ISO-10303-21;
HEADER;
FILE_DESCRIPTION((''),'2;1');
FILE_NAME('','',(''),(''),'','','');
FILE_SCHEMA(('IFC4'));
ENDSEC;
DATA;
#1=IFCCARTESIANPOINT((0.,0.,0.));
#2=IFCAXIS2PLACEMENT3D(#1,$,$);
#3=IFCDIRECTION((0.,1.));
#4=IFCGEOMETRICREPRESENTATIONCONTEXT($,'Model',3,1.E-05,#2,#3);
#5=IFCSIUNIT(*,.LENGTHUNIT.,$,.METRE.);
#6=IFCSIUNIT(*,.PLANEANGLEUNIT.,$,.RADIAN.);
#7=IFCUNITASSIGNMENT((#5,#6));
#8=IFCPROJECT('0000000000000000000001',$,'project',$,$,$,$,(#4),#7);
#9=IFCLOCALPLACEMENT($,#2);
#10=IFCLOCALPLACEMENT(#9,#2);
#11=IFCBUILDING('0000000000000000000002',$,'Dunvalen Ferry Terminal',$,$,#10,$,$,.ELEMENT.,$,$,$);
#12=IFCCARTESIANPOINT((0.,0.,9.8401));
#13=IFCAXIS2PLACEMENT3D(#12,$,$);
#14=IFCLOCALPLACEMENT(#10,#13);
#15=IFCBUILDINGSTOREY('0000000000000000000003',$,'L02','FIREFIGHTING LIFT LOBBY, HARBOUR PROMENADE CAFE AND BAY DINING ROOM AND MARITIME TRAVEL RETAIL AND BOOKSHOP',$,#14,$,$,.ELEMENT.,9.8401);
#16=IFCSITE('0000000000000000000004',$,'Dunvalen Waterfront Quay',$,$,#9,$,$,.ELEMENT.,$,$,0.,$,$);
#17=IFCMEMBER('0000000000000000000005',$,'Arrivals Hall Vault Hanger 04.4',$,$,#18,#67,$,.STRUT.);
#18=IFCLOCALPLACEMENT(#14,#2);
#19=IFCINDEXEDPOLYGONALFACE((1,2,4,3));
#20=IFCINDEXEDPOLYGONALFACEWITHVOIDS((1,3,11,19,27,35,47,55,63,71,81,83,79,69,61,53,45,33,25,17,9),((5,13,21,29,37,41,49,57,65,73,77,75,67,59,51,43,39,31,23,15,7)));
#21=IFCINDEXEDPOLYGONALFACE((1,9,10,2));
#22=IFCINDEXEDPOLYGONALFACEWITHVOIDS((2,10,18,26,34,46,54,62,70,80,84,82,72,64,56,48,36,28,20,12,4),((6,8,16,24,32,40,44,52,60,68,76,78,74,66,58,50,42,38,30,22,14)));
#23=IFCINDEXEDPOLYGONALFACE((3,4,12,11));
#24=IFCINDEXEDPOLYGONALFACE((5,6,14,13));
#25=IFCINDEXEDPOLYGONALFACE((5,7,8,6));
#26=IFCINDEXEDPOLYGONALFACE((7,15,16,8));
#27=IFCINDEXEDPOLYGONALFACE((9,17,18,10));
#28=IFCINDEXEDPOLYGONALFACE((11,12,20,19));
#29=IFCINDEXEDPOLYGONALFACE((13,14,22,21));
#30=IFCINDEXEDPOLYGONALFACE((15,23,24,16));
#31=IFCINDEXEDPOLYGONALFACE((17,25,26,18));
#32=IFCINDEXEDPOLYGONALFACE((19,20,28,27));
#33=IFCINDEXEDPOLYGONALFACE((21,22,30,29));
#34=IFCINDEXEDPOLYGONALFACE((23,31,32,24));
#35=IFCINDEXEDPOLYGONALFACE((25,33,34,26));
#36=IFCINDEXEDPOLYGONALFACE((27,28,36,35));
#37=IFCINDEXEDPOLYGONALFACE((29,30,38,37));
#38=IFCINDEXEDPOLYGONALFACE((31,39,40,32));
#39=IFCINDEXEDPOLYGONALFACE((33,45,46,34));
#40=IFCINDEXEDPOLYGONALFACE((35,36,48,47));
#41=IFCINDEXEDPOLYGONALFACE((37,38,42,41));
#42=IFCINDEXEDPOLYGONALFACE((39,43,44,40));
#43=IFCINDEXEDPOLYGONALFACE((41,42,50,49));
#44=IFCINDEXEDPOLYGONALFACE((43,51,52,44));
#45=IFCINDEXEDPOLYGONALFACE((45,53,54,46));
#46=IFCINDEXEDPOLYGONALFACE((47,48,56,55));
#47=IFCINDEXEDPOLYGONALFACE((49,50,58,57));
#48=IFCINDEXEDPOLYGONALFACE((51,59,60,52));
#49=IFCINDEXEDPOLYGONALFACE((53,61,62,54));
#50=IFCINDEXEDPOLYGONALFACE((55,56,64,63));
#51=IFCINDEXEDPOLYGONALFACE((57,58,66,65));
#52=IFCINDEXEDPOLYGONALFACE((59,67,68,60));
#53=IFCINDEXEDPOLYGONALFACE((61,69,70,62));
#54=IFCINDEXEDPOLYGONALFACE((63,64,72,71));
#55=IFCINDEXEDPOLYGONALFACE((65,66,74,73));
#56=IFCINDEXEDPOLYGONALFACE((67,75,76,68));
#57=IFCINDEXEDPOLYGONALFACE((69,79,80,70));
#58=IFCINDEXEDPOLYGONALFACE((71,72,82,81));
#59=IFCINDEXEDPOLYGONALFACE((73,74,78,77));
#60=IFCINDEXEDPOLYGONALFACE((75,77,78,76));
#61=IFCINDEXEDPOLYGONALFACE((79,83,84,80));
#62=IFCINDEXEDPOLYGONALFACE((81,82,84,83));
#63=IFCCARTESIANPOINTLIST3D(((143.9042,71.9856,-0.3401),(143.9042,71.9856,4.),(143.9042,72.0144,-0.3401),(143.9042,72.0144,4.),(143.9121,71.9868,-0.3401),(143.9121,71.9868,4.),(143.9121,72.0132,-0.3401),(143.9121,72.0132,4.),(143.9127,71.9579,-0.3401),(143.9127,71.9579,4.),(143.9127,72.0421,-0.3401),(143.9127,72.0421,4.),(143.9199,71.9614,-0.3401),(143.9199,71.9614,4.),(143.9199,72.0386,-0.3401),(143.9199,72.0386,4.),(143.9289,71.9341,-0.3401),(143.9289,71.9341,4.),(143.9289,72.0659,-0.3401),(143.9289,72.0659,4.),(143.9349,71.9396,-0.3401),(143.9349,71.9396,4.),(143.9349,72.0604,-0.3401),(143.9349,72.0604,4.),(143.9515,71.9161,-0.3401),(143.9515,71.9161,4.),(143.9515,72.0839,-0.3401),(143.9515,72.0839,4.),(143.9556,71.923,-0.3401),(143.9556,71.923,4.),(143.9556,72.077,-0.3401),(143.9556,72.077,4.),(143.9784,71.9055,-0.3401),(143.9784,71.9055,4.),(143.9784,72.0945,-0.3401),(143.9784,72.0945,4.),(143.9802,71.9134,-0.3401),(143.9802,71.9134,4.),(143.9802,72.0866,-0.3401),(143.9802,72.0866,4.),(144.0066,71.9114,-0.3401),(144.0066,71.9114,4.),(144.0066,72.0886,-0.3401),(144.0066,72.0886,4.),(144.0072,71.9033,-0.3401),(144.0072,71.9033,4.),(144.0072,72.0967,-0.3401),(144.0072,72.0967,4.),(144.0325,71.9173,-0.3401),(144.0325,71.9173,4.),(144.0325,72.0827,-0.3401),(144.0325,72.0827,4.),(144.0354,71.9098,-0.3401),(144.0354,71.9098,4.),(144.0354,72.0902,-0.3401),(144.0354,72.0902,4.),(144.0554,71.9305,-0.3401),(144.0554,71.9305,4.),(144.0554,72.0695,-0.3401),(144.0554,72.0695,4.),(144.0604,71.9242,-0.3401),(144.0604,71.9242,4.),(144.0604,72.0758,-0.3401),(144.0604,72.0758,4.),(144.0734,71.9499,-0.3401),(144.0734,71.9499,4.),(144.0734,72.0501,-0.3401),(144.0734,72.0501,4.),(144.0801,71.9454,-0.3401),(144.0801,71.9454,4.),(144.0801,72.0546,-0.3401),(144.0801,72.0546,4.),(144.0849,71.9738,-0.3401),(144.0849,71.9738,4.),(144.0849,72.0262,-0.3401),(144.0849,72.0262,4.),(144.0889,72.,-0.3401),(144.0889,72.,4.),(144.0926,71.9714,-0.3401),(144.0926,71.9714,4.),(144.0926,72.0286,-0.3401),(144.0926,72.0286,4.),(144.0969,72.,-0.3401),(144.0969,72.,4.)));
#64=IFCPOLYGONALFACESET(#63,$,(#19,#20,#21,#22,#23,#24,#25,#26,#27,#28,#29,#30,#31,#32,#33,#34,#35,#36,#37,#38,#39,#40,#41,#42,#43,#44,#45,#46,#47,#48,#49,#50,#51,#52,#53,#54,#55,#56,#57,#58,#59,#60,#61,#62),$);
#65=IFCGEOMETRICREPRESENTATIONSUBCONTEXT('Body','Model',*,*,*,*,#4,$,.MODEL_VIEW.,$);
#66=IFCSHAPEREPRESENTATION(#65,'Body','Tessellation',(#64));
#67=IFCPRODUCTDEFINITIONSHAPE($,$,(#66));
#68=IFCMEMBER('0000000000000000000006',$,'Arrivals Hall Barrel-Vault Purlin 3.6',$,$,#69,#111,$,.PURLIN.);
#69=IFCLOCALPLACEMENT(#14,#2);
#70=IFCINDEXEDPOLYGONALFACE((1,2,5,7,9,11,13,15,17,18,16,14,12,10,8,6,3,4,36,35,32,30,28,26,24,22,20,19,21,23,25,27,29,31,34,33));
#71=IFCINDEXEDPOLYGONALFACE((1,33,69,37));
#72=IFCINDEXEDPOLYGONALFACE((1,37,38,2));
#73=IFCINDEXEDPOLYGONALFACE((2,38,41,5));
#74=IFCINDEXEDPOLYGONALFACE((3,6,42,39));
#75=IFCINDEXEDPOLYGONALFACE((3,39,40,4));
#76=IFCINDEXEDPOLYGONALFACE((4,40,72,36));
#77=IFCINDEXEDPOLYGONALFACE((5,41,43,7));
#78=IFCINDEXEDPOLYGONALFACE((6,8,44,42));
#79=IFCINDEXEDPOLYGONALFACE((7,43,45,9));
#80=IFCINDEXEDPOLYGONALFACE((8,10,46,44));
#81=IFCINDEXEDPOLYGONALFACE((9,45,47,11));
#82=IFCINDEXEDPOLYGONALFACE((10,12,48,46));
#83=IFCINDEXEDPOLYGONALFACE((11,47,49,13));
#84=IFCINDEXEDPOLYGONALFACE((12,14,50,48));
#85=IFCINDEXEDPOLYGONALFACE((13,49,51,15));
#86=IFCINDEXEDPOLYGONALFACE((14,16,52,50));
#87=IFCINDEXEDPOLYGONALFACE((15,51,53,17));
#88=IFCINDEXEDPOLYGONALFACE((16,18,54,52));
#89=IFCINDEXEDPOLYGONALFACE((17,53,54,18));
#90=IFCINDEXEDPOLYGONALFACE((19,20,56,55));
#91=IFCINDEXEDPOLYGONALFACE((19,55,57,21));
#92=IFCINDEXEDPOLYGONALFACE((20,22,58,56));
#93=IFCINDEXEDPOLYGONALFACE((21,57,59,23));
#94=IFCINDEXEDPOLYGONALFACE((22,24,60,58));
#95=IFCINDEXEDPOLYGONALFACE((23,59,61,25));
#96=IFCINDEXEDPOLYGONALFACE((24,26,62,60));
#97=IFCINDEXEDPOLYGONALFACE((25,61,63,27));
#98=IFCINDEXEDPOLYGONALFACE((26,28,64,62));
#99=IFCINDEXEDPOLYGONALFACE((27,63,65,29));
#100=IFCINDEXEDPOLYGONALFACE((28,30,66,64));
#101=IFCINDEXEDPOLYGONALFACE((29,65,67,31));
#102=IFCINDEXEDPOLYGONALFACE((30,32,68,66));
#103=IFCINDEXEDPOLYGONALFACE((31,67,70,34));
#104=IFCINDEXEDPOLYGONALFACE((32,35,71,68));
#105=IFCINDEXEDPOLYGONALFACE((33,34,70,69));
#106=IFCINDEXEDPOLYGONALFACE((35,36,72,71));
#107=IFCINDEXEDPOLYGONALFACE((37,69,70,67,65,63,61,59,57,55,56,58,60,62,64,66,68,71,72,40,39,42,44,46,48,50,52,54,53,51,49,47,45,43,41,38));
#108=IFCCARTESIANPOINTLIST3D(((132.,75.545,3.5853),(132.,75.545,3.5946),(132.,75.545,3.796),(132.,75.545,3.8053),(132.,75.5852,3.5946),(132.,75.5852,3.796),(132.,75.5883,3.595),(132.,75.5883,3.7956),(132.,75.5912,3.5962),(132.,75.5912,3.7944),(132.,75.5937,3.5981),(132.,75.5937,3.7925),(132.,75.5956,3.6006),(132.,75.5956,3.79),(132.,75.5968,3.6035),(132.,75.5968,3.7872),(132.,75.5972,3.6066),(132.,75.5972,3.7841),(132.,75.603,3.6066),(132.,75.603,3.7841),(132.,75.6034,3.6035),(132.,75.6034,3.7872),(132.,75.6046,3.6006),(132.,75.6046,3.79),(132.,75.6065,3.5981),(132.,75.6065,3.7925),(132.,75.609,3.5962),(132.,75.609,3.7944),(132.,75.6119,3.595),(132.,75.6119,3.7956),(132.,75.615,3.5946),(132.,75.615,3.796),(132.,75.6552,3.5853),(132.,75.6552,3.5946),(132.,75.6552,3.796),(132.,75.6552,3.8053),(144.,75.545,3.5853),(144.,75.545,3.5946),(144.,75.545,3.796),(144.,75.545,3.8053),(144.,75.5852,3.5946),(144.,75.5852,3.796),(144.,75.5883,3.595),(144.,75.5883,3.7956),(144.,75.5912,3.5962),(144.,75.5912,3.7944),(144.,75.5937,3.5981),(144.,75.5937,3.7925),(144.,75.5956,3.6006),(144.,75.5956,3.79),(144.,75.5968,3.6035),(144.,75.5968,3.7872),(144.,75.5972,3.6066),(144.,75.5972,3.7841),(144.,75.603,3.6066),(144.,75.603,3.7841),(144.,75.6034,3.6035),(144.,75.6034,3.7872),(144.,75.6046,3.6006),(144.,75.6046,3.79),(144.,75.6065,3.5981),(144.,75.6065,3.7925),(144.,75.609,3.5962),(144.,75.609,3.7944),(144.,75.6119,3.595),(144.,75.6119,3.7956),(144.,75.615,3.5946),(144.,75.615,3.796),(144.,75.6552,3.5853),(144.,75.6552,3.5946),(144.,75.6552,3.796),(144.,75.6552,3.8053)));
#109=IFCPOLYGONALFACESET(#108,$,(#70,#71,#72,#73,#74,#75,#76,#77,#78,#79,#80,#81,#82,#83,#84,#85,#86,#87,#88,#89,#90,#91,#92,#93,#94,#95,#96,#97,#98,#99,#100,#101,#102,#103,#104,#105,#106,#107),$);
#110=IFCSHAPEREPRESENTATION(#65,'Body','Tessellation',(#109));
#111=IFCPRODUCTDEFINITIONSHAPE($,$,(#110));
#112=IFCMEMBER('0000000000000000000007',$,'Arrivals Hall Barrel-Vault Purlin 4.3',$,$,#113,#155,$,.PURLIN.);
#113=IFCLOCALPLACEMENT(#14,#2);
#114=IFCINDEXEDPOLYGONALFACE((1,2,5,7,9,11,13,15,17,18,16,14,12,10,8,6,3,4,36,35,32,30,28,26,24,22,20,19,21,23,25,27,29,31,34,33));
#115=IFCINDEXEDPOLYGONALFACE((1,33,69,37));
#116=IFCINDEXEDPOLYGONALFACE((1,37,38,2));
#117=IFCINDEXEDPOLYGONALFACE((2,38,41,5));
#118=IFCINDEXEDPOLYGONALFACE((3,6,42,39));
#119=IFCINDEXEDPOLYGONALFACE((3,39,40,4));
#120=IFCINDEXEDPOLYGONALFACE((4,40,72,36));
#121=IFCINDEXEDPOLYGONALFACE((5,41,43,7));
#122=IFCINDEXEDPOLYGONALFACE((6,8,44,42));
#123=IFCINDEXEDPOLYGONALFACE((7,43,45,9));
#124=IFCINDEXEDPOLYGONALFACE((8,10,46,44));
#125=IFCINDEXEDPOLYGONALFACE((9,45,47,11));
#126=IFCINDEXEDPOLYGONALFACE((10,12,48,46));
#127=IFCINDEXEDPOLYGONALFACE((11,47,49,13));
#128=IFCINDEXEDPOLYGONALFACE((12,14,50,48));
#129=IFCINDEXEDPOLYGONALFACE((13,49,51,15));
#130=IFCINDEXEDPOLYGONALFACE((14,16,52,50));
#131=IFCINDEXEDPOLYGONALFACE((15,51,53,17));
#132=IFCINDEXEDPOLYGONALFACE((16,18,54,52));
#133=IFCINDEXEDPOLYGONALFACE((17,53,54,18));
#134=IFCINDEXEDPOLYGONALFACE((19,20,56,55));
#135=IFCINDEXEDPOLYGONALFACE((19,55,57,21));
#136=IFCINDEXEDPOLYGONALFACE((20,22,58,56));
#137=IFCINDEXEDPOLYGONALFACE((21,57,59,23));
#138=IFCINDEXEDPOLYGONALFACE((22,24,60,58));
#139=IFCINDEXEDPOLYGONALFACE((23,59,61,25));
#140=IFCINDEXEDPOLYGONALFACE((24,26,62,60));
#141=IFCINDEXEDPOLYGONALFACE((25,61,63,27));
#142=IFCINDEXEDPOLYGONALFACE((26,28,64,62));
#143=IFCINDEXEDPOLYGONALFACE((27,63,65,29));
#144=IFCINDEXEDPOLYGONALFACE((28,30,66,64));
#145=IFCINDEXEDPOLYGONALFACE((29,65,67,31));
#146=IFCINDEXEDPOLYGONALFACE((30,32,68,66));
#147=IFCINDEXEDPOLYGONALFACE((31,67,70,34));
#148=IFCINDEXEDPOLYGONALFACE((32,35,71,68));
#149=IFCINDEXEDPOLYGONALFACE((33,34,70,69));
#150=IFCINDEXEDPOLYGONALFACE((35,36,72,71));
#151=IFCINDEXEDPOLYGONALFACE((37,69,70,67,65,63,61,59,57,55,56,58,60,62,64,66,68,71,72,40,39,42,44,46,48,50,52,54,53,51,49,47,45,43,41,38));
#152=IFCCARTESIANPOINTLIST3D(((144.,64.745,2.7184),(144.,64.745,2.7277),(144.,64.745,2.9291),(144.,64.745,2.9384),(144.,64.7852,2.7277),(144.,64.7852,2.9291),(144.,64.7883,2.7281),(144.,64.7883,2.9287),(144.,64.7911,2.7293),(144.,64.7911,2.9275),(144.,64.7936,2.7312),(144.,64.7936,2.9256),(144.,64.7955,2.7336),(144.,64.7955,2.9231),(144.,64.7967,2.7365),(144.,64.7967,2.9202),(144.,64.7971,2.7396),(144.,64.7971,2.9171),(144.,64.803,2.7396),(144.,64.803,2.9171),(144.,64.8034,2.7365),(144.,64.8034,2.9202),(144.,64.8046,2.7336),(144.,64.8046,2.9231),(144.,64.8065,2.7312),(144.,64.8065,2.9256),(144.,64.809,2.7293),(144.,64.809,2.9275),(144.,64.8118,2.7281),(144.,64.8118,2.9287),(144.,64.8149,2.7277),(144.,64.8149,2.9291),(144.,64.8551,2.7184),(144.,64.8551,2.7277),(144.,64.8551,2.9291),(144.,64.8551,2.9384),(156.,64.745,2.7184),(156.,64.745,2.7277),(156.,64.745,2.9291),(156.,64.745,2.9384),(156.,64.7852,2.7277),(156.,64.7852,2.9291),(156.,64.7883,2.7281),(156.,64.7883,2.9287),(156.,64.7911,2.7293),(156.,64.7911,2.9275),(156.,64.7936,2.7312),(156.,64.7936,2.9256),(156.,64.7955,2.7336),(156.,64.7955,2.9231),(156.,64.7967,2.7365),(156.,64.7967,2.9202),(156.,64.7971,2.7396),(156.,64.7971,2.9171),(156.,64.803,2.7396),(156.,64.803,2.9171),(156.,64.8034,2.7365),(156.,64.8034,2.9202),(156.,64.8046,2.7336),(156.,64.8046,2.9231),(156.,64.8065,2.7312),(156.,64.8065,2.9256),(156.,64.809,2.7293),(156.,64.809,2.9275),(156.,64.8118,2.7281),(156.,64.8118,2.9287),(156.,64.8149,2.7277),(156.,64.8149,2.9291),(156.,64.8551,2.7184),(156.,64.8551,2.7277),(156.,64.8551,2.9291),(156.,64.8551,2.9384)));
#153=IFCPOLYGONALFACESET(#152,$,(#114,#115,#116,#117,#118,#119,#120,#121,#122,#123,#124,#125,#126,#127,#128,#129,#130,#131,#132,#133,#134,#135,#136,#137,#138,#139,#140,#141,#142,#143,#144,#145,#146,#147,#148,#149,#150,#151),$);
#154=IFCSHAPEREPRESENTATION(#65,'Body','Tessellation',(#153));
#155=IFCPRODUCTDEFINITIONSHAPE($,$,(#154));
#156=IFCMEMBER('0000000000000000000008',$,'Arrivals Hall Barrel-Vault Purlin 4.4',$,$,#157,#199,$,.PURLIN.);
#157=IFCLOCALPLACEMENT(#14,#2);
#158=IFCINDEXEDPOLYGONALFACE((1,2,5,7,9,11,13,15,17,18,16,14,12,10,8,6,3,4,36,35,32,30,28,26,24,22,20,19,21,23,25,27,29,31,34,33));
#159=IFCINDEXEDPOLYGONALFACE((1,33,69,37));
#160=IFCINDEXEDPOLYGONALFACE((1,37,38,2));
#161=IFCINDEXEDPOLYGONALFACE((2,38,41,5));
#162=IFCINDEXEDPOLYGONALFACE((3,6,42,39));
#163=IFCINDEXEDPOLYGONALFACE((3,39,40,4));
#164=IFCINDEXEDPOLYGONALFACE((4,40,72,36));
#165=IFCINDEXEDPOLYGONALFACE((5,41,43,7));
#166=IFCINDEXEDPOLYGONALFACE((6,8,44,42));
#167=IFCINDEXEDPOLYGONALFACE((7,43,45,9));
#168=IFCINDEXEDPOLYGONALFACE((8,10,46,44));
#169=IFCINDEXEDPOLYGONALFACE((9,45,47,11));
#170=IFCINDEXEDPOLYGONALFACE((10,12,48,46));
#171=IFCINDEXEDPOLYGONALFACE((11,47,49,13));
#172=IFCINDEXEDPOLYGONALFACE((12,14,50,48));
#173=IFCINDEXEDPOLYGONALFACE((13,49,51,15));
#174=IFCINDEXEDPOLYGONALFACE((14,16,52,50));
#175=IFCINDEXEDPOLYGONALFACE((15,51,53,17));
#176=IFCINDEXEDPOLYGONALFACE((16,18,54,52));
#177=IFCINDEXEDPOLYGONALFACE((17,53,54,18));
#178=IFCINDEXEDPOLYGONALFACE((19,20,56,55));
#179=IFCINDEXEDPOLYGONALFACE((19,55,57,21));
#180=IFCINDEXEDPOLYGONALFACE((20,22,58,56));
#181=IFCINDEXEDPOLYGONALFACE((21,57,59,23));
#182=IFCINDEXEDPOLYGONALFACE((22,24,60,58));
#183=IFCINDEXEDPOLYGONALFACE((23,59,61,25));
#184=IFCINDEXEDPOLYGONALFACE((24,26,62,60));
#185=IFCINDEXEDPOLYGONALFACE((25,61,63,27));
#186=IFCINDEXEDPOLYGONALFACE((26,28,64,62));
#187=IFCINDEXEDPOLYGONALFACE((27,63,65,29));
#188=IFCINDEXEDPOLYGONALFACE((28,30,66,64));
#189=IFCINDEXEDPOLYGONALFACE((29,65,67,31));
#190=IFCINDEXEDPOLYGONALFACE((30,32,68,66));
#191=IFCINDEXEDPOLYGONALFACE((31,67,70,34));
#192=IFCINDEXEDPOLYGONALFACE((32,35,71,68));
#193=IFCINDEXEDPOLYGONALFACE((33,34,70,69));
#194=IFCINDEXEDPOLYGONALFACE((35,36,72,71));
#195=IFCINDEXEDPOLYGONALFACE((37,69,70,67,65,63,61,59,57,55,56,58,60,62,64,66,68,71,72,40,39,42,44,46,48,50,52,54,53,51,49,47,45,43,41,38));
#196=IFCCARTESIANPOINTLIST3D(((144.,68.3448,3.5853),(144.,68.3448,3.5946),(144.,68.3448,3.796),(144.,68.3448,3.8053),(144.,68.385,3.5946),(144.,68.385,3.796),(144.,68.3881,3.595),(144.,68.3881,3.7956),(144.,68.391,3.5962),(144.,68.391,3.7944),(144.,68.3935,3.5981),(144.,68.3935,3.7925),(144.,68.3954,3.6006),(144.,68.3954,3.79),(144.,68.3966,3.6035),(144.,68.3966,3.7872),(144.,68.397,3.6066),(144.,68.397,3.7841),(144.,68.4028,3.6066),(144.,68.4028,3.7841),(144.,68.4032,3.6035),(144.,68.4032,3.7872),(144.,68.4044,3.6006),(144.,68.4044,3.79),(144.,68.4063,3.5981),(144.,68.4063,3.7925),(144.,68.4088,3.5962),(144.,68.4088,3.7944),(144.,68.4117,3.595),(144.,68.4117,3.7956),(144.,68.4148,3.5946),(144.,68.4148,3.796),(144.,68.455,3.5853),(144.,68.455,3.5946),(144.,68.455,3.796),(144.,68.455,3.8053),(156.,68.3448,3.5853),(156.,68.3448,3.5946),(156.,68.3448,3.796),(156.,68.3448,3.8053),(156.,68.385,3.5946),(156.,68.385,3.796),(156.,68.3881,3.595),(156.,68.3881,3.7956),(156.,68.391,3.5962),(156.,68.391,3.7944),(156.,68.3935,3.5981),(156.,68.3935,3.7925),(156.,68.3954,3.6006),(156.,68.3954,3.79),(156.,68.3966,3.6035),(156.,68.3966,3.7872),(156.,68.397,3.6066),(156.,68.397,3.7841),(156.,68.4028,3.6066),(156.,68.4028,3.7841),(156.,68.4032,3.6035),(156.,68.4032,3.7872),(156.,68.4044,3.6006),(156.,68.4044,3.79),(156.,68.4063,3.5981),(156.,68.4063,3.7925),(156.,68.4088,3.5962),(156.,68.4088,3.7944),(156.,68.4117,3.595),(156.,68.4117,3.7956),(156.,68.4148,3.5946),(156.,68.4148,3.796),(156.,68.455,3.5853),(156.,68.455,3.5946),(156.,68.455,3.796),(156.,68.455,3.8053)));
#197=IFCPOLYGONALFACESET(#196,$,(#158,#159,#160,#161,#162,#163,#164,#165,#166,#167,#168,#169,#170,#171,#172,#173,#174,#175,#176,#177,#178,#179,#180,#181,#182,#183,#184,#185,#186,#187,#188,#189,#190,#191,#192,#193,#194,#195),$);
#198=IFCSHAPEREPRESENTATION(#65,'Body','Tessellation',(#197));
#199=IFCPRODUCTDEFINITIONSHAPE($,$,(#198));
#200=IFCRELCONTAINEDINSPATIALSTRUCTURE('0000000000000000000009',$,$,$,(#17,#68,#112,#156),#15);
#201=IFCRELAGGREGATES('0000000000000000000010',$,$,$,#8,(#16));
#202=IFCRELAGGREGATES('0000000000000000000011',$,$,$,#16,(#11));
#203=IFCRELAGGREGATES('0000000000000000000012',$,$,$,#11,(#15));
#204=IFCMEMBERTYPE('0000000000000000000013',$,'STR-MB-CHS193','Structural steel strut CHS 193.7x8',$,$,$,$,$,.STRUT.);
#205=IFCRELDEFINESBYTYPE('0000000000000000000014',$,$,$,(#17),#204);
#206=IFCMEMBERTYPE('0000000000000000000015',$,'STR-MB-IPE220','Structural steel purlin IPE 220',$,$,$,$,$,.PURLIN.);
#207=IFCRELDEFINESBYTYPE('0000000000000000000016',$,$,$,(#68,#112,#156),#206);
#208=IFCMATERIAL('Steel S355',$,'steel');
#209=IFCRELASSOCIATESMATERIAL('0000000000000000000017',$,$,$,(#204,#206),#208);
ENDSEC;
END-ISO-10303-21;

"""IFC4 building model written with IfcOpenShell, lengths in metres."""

from ifc_helpers import new_model, si_unit, direction, frame, origin, origin_2d, place, context, subcontext, project, spatial, hollow_circle, i_section, extrude, material, material_profile, profile_set, type_object, element, save


model = new_model("IFC4")

# Units and contexts
model_context = context("Model", 3, precision=1e-05, world=origin(), true_north=direction((0.0, 1.0)))
body_context = subcontext(model_context, "Body", "Model", "MODEL_VIEW")
ifc_project = project(units=[si_unit("LENGTHUNIT", "METRE"), si_unit("PLANEANGLEUNIT", "RADIAN")], contexts=[model_context])

# Site, building, storey
site_placement = place(None, origin())
site = spatial("IfcSite", under=ifc_project, at=site_placement, Name="Dunvalen Waterfront Quay", CompositionType="ELEMENT", RefElevation=0.0)
building_placement = place(site_placement, origin())
building = spatial("IfcBuilding", under=site, at=building_placement, Name="Dunvalen Ferry Terminal", CompositionType="ELEMENT")
storey_placement = place(building_placement, frame((0.0, 0.0, 9.8401)))
storey = spatial("IfcBuildingStorey", under=building, at=storey_placement, Name="L02", Description="FIREFIGHTING LIFT LOBBY, HARBOUR PROMENADE CAFE AND BAY DINING ROOM AND MARITIME TRAVEL RETAIL AND BOOKSHOP", CompositionType="ELEMENT", Elevation=9.8401)

# Shared definitions
ifc_material_1 = material(Name="Steel S355", Category="steel")

# Members
ifc_material_profile_1 = material_profile(ifc_material_1, hollow_circle(Radius=0.0969, WallThickness=0.0081, at=origin_2d()), Name="Steel S355")
ifc_profile_set_1 = profile_set([ifc_material_profile_1], Name="Steel S355")
member_type_1 = type_object("IfcMemberType", Name="STR-MB-CHS193", Description="Structural steel strut CHS 193.7x8", PredefinedType="STRUT", material=ifc_profile_set_1)
member_1_placement = place(storey_placement, frame((144.0, 72.0, -0.3401), z_axis=(0.0, 0.0, 1.0), x_axis=(1.0, 0.0, 0.0)))
element("IfcMember", 1, at=member_1_placement, inside=storey, type_object=member_type_1, Name="Arrivals Hall Vault Hanger 04.4", PredefinedType="STRUT", context=body_context, shape_type="SweptSolid", body=[
    extrude(hollow_circle(Radius=0.0969, WallThickness=0.0081, at=origin_2d()), origin(), (0.0, 0.0, 1.0), 4.3401),
])
ifc_material_profile_2 = material_profile(ifc_material_1, i_section(OverallWidth=0.1101, OverallDepth=0.22, WebThickness=0.0059, FlangeThickness=0.0093, FilletRadius=0.012, at=origin_2d()), Name="Steel S355")
ifc_profile_set_2 = profile_set([ifc_material_profile_2], Name="Steel S355")
member_type_2 = type_object("IfcMemberType", Name="STR-MB-IPE220", Description="Structural steel purlin IPE 220", PredefinedType="PURLIN", material=ifc_profile_set_2)
for number, where, z_axis, x_axis, name in (
    (2, (132.0, 75.6001, 3.6953), (1.0, 0.0, 0.0), (0.0, 1.0, 0.0), "Arrivals Hall Barrel-Vault Purlin 3.6"),
    (3, (144.0, 64.8, 2.8284), (1.0, 0.0, 0.0), (0.0, 1.0, 0.0), "Arrivals Hall Barrel-Vault Purlin 4.3"),
    (4, (144.0, 68.3999, 3.6953), (1.0, 0.0, 0.0), (0.0, 1.0, 0.0), "Arrivals Hall Barrel-Vault Purlin 4.4"),
):
    element("IfcMember", number, at=place(storey_placement, frame(where, z_axis=z_axis, x_axis=x_axis)), inside=storey, type_object=member_type_2, Name=name, PredefinedType="PURLIN", context=body_context, shape_type="SweptSolid", body=[
        extrude(i_section(OverallWidth=0.1101, OverallDepth=0.22, WebThickness=0.0059, FlangeThickness=0.0093, FilletRadius=0.012, at=origin_2d()), origin(), (0.0, 0.0, 1.0), 12.0),
    ])

save(model, "model.ifc")
